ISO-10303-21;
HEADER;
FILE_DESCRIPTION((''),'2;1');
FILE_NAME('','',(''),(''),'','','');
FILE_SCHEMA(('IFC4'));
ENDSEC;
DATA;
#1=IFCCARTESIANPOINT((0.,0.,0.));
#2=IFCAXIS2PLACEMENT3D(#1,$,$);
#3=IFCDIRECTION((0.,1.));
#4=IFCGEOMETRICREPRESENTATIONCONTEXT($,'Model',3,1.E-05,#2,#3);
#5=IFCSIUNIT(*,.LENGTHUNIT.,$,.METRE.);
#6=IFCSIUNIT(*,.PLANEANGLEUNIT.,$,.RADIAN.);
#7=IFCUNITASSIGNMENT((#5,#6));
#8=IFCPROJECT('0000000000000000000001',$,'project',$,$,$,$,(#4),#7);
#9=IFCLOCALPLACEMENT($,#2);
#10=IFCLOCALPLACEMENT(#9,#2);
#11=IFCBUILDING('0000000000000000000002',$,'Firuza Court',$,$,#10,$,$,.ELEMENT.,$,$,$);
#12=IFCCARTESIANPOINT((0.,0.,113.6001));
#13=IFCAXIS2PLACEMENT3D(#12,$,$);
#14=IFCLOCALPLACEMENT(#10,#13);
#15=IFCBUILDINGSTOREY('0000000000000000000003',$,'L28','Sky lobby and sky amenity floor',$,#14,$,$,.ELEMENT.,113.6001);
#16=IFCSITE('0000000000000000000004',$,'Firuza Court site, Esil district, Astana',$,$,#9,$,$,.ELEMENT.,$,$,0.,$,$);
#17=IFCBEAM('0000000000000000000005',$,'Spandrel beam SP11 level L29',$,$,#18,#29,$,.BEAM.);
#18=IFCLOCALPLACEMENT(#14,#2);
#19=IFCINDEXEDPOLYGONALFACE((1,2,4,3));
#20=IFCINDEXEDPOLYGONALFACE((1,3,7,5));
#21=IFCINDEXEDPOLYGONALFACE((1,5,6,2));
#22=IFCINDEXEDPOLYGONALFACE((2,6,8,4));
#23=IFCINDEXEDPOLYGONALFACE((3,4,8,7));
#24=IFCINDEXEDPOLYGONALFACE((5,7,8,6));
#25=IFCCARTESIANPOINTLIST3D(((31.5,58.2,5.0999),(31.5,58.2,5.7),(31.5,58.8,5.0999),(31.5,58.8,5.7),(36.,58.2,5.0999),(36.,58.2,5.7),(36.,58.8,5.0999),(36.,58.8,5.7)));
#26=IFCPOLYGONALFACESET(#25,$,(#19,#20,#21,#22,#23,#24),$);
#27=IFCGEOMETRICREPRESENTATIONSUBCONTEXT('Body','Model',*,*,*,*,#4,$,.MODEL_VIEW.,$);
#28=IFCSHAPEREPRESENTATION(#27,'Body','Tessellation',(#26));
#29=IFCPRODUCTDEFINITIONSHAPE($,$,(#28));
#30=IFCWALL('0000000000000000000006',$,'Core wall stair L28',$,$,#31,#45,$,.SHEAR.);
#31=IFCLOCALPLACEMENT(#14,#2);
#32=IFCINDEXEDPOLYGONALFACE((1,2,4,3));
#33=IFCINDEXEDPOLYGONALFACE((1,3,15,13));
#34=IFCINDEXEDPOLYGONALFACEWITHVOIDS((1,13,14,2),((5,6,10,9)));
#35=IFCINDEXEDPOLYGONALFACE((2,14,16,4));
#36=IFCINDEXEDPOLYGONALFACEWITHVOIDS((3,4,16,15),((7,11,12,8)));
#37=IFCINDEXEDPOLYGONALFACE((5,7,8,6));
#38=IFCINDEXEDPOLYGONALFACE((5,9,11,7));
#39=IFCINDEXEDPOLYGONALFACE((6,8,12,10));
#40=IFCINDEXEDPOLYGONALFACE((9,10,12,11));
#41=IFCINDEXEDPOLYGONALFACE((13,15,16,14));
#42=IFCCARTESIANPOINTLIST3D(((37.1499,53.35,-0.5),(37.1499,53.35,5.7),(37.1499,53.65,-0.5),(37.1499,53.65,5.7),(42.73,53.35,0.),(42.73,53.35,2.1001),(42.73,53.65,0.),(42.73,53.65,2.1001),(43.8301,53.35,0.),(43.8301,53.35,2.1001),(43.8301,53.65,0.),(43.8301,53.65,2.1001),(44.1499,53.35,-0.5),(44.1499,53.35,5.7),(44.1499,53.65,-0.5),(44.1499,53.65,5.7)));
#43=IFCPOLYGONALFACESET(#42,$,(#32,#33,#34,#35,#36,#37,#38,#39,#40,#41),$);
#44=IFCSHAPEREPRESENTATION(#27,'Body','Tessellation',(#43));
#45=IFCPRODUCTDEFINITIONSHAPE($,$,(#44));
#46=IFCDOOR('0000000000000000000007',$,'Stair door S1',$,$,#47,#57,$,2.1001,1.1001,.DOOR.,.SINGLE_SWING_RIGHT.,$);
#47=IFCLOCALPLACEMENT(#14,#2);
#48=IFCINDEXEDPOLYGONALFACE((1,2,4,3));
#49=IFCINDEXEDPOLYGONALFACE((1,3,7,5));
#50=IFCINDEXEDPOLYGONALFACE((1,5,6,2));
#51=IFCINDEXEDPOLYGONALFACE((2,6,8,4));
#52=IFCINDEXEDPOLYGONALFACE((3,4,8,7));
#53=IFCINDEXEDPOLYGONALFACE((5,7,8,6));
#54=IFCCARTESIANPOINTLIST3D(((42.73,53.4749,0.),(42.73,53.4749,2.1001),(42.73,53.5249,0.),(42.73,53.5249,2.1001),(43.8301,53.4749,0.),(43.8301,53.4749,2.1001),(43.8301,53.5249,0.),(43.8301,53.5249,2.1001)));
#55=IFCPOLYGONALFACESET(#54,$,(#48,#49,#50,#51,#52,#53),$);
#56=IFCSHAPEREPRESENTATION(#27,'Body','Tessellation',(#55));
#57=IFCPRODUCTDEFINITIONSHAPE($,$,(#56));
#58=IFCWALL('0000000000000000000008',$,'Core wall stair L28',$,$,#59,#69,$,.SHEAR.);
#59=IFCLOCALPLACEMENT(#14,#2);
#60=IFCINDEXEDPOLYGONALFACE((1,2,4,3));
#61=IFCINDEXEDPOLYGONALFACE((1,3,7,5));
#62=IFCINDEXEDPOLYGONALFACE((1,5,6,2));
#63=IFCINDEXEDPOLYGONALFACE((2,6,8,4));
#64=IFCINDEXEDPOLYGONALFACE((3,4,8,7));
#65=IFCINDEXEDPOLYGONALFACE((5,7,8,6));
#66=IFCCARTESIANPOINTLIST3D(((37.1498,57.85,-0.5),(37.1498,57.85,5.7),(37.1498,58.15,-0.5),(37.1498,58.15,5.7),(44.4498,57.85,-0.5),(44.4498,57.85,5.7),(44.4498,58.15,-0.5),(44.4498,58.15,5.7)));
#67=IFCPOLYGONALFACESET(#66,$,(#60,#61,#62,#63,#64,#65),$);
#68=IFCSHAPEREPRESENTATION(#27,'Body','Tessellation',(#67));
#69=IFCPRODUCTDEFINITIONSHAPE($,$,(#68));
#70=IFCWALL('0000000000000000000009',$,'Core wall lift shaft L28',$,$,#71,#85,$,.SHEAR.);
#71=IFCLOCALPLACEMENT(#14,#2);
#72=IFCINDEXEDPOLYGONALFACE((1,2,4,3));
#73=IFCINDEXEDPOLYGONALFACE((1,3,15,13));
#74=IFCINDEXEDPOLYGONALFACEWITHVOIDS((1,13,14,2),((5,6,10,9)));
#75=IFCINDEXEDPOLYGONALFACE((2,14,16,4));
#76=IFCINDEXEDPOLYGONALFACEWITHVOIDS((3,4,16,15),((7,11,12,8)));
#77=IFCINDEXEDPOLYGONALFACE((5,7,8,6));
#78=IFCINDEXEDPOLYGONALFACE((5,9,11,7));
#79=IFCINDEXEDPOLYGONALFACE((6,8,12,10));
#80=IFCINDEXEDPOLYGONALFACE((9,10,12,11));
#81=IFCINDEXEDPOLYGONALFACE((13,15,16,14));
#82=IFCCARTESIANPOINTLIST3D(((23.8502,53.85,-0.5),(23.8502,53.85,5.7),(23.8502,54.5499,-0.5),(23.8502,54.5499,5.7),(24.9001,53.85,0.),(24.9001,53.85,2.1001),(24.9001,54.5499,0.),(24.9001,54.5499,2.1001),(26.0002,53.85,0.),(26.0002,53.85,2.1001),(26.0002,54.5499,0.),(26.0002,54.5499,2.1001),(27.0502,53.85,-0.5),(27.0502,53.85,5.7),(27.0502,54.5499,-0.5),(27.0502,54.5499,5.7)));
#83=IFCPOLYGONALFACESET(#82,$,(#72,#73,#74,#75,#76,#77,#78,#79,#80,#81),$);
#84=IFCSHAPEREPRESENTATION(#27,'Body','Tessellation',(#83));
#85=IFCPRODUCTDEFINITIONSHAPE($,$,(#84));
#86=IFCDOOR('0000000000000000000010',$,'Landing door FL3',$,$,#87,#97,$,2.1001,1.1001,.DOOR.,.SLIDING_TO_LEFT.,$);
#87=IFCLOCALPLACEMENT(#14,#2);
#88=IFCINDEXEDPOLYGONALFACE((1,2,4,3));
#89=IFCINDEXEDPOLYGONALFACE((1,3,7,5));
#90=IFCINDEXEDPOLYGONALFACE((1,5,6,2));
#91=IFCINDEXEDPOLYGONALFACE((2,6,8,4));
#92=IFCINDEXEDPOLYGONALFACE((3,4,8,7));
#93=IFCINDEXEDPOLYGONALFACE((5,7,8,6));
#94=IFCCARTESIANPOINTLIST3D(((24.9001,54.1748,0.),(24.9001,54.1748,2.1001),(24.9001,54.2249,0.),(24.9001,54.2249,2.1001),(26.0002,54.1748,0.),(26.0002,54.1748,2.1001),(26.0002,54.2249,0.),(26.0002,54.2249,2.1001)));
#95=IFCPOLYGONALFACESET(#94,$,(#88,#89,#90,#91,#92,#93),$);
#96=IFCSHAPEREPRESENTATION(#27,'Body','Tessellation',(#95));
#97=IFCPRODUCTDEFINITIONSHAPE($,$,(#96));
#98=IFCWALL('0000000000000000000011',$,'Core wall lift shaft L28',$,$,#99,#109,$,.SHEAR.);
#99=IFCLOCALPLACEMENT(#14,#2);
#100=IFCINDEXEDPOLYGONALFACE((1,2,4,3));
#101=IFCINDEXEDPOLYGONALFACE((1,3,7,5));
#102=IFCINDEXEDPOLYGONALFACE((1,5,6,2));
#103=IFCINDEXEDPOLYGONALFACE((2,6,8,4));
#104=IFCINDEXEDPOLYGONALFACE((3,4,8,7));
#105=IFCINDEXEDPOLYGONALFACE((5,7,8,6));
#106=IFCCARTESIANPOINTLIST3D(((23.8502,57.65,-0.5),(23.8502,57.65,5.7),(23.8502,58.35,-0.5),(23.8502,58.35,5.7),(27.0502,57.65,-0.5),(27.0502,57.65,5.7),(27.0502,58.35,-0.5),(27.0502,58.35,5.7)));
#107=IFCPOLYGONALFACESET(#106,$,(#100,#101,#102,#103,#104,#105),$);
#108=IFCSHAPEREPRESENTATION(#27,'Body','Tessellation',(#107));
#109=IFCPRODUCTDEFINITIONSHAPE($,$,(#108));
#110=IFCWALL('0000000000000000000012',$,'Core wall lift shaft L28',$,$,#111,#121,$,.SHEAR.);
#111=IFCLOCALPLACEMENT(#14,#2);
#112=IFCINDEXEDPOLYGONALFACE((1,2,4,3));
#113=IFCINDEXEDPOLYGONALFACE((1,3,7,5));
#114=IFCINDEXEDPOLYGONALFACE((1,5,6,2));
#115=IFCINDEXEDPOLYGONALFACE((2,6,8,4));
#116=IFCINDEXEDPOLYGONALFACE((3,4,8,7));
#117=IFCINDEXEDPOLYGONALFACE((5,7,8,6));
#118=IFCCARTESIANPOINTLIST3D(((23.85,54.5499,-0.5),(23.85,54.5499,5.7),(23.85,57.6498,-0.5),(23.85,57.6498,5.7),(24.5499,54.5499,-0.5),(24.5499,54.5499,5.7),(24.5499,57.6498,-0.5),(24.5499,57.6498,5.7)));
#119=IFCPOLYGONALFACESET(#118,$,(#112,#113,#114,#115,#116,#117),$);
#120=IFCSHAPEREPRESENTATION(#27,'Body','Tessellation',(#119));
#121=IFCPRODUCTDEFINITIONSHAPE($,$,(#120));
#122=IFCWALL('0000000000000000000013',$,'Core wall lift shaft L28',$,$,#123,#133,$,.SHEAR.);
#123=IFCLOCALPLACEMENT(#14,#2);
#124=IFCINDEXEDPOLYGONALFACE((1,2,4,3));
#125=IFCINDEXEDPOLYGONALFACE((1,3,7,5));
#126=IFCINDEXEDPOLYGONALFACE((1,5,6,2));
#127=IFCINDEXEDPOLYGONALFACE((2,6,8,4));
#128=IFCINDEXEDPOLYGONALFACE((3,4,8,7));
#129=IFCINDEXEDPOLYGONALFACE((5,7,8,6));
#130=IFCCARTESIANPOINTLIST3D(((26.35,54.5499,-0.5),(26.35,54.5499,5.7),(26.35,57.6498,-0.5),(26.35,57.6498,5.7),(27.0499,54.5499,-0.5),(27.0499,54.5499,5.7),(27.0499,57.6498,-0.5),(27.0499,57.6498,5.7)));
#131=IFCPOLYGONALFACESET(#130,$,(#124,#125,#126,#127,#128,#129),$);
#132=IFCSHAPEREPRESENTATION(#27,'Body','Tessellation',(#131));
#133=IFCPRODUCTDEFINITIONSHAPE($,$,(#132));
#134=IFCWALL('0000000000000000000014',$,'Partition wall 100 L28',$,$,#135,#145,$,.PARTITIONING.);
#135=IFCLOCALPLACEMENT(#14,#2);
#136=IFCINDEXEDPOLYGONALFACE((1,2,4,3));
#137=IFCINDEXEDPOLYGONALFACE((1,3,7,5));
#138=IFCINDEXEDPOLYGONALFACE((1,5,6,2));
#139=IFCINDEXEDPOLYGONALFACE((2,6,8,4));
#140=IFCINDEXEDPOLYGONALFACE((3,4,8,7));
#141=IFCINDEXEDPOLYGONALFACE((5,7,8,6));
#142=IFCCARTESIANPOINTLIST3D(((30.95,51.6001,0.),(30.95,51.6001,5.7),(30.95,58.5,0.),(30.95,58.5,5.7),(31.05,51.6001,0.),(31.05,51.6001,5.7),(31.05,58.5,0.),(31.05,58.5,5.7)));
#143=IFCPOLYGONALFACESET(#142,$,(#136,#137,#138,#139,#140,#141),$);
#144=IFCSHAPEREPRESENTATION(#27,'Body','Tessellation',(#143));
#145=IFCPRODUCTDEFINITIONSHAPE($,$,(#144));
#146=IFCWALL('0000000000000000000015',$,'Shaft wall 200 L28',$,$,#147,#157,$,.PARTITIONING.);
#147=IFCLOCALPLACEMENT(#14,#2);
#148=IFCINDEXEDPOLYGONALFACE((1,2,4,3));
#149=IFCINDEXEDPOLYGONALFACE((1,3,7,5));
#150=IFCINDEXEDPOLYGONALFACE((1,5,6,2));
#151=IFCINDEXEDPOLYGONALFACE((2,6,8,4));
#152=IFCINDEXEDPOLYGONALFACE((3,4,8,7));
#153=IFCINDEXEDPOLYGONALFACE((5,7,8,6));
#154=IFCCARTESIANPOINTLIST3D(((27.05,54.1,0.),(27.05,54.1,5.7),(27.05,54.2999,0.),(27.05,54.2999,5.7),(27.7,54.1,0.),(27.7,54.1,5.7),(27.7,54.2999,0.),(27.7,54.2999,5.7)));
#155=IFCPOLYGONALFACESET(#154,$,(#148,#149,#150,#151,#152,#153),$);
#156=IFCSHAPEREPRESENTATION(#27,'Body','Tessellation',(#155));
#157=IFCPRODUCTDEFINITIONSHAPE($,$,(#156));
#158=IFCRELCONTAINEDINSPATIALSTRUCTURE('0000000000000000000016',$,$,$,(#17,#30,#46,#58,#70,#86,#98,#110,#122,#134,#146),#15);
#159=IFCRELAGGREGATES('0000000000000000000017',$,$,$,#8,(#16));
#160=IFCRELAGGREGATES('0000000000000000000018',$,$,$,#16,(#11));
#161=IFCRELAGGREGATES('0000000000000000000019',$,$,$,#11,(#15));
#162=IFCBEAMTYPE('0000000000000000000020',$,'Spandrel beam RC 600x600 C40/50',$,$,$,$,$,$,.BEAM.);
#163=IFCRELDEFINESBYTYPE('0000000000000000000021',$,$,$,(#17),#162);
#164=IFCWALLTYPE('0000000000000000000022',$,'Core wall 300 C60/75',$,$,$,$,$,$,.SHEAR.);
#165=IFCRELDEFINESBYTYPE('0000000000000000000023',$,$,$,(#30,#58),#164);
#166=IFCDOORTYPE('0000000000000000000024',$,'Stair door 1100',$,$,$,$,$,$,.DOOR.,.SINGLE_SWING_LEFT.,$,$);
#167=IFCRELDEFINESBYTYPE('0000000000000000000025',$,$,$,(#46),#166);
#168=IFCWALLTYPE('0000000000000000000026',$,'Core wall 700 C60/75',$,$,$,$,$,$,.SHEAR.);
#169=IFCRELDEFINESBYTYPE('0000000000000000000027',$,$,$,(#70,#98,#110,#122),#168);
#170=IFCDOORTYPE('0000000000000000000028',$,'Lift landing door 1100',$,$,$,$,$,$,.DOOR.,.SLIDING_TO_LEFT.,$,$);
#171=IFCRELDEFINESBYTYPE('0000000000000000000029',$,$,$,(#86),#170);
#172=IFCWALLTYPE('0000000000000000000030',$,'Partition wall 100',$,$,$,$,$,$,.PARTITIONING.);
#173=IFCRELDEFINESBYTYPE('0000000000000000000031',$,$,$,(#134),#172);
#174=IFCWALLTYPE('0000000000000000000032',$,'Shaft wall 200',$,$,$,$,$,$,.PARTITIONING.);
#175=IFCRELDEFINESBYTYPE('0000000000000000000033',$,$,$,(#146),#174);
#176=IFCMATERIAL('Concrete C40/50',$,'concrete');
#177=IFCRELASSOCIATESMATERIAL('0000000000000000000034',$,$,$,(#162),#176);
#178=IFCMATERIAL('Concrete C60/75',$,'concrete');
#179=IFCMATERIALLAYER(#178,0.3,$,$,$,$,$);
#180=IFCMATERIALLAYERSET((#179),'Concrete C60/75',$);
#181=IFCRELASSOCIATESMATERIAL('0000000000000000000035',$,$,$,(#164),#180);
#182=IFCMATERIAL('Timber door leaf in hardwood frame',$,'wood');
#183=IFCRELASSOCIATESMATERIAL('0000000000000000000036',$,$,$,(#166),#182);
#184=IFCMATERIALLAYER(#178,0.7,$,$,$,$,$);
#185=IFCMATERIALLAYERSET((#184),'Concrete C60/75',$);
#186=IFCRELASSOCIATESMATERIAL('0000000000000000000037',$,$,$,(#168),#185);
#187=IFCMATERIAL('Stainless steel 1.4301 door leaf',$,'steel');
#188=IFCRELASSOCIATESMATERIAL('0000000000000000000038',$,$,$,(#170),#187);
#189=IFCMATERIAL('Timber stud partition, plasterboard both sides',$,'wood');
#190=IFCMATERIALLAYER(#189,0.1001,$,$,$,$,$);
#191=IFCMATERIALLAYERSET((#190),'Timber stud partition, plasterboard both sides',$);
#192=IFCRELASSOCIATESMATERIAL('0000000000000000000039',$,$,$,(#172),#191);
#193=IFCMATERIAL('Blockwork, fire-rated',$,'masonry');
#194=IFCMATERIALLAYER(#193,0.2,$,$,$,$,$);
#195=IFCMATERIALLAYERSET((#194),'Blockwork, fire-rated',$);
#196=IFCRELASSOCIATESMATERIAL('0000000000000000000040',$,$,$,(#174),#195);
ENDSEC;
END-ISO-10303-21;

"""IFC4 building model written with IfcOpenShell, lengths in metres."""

from ifc_helpers import new_model, si_unit, direction, frame, frame_2d, origin, origin_2d, place, context, subcontext, project, spatial, rectangle, extrude, material, layer, layer_set, material_profile, profile_set, type_object, element, fill, save


model = new_model("IFC4")

# Units and contexts
model_context = context("Model", 3, precision=1e-05, world=origin(), true_north=direction((0.0, 1.0)))
body_context = subcontext(model_context, "Body", "Model", "MODEL_VIEW")
ifc_project = project(units=[si_unit("LENGTHUNIT", "METRE"), si_unit("PLANEANGLEUNIT", "RADIAN")], contexts=[model_context])

# Site, building, storey
site_placement = place(None, origin())
site = spatial("IfcSite", under=ifc_project, at=site_placement, Name="Firuza Court site, Esil district, Astana", CompositionType="ELEMENT", RefElevation=0.0)
building_placement = place(site_placement, origin())
building = spatial("IfcBuilding", under=site, at=building_placement, Name="Firuza Court", CompositionType="ELEMENT")
storey_placement = place(building_placement, frame((0.0, 0.0, 113.6001)))
storey = spatial("IfcBuildingStorey", under=building, at=storey_placement, Name="L28", Description="Sky lobby and sky amenity floor", CompositionType="ELEMENT", Elevation=113.6001)

# Beam
ifc_material_1 = material(Name="Concrete C40/50", Category="concrete")
ifc_material_profile_1 = material_profile(ifc_material_1, rectangle(XDim=0.6001, YDim=0.6001, at=origin_2d()), Name="RC 600x600")
ifc_profile_set_1 = profile_set([ifc_material_profile_1], Name="Concrete C40/50")
beam_type = type_object("IfcBeamType", Name="Spandrel beam RC 600x600 C40/50", PredefinedType="BEAM", material=ifc_profile_set_1)
for number, where, z_axis, x_axis, name in (
    (1, (36.0, 58.5, 5.3999), (-1.0, 0.0, 0.0), (0.0, -1.0, 0.0), "Spandrel beam SP11 level L29"),
):
    element("IfcBeam", number, at=place(storey_placement, frame(where, z_axis=z_axis, x_axis=x_axis)), inside=storey, type_object=beam_type, Name=name, PredefinedType="BEAM", context=body_context, shape_type="SweptSolid", body=[
        extrude(rectangle(XDim=0.6001, YDim=0.6001, at=origin_2d()), origin(), (0.0, 0.0, 1.0), 4.5),
    ])

# Wall, opening, door
ifc_material_2 = material(Name="Concrete C60/75", Category="concrete")
ifc_layer_1 = layer(ifc_material_2, 0.3)
ifc_layer_set_1 = layer_set([ifc_layer_1], Name="Concrete C60/75")
wall_type_1 = type_object("IfcWallType", Name="Core wall 300 C60/75", PredefinedType="SHEAR", material=ifc_layer_set_1)
wall_1_placement = place(storey_placement, frame((37.1499, 53.5, -0.5), z_axis=(0.0, 0.0, 1.0), x_axis=(1.0, 0.0, 0.0)))
wall_1 = element("IfcWall", 2, at=wall_1_placement, inside=storey, type_object=wall_type_1, Name="Core wall stair L28", PredefinedType="SHEAR", context=body_context, shape_type="SweptSolid", body=[
    extrude(rectangle(XDim=7.0, YDim=0.3, at=frame_2d((3.5, 0.0))), origin(), (0.0, 0.0, 1.0), 6.2),
])
opening_1_placement = place(wall_1_placement, frame((5.5801, 0.0, 0.5)))
opening_1 = element("IfcOpeningElement", 3, at=opening_1_placement, cuts=wall_1, PredefinedType="OPENING", context=body_context, shape_type="SweptSolid", body=[
    extrude(rectangle(XDim=1.1001, YDim=2.1001, at=frame_2d((0.55, 1.05))), frame((0.0, 0.1621, 0.0), z_axis=(0.0, -1.0, 0.0), x_axis=(1.0, 0.0, 0.0)), (0.0, 0.0, 1.0), 0.324),
])
ifc_material_3 = material(Name="Timber door leaf in hardwood frame", Category="wood")
door_type_1 = type_object("IfcDoorType", Name="Stair door 1100", OperationType="SINGLE_SWING_LEFT", PredefinedType="DOOR", material=ifc_material_3)
door_1_placement = place(opening_1_placement, origin())
door_1 = element("IfcDoor", 4, at=door_1_placement, inside=storey, type_object=door_type_1, Name="Stair door S1", OperationType="SINGLE_SWING_RIGHT", OverallHeight=2.1001, OverallWidth=1.1001, PredefinedType="DOOR", context=body_context, shape_type="SweptSolid", body=[
    extrude(rectangle(XDim=1.1001, YDim=2.1001, at=frame_2d((0.55, 1.05))), frame((0.0, 0.0249, 0.0), z_axis=(0.0, -1.0, 0.0), x_axis=(1.0, 0.0, 0.0)), (0.0, 0.0, 1.0), 0.05),
])
fill(opening_1, door_1)

# Wall
wall_2_placement = place(storey_placement, frame((37.1499, 58.0, -0.5), z_axis=(0.0, 0.0, 1.0), x_axis=(1.0, 0.0, 0.0)))
element("IfcWall", 5, at=wall_2_placement, inside=storey, type_object=wall_type_1, Name="Core wall stair L28", PredefinedType="SHEAR", context=body_context, shape_type="SweptSolid", body=[
    extrude(rectangle(XDim=7.3, YDim=0.3, at=frame_2d((3.6499, 0.0))), origin(), (0.0, 0.0, 1.0), 6.2),
])

# Wall, opening, door
ifc_layer_2 = layer(ifc_material_2, 0.7)
ifc_layer_set_2 = layer_set([ifc_layer_2], Name="Concrete C60/75")
wall_type_2 = type_object("IfcWallType", Name="Core wall 700 C60/75", PredefinedType="SHEAR", material=ifc_layer_set_2)
wall_3_placement = place(storey_placement, frame((23.8501, 54.2, -0.5), z_axis=(0.0, 0.0, 1.0), x_axis=(1.0, 0.0, 0.0)))
wall_3 = element("IfcWall", 6, at=wall_3_placement, inside=storey, type_object=wall_type_2, Name="Core wall lift shaft L28", PredefinedType="SHEAR", context=body_context, shape_type="SweptSolid", body=[
    extrude(rectangle(XDim=3.2, YDim=0.7, at=frame_2d((1.6001, 0.0))), origin(), (0.0, 0.0, 1.0), 6.2),
])
opening_2_placement = place(wall_3_placement, frame((1.05, 0.0, 0.5)))
opening_2 = element("IfcOpeningElement", 7, at=opening_2_placement, cuts=wall_3, PredefinedType="OPENING", context=body_context, shape_type="SweptSolid", body=[
    extrude(rectangle(XDim=1.1001, YDim=2.1001, at=frame_2d((0.55, 1.05))), frame((0.0, 0.3618, 0.0), z_axis=(0.0, -1.0, 0.0), x_axis=(1.0, 0.0, 0.0)), (0.0, 0.0, 1.0), 0.7239),
])
ifc_material_4 = material(Name="Stainless steel 1.4301 door leaf", Category="steel")
door_type_2 = type_object("IfcDoorType", Name="Lift landing door 1100", OperationType="SLIDING_TO_LEFT", PredefinedType="DOOR", material=ifc_material_4)
door_2_placement = place(opening_2_placement, origin())
door_2 = element("IfcDoor", 8, at=door_2_placement, inside=storey, type_object=door_type_2, Name="Landing door FL3", OperationType="SLIDING_TO_LEFT", OverallHeight=2.1001, OverallWidth=1.1001, PredefinedType="DOOR", context=body_context, shape_type="SweptSolid", body=[
    extrude(rectangle(XDim=1.1001, YDim=2.1001, at=frame_2d((0.55, 1.05))), frame((0.0, 0.0249, 0.0), z_axis=(0.0, -1.0, 0.0), x_axis=(1.0, 0.0, 0.0)), (0.0, 0.0, 1.0), 0.05),
])
fill(opening_2, door_2)

# Walls
wall_4_placement = place(storey_placement, frame((23.8501, 58.0, -0.5), z_axis=(0.0, 0.0, 1.0), x_axis=(1.0, 0.0, 0.0)))
element("IfcWall", 9, at=wall_4_placement, inside=storey, type_object=wall_type_2, Name="Core wall lift shaft L28", PredefinedType="SHEAR", context=body_context, shape_type="SweptSolid", body=[
    extrude(rectangle(XDim=3.2, YDim=0.7, at=frame_2d((1.6001, 0.0))), origin(), (0.0, 0.0, 1.0), 6.2),
])
for number, where, z_axis, x_axis, name in (
    (10, (24.2, 54.55, -0.5), (0.0, 0.0, 1.0), (0.0, 1.0, 0.0), "Core wall lift shaft L28"),
    (11, (26.7, 54.55, -0.5), (0.0, 0.0, 1.0), (0.0, 1.0, 0.0), "Core wall lift shaft L28"),
):
    element("IfcWall", number, at=place(storey_placement, frame(where, z_axis=z_axis, x_axis=x_axis)), inside=storey, type_object=wall_type_2, Name=name, PredefinedType="SHEAR", context=body_context, shape_type="SweptSolid", body=[
        extrude(rectangle(XDim=3.0999, YDim=0.7, at=frame_2d((1.5498, 0.0))), origin(), (0.0, 0.0, 1.0), 6.2),
    ])
ifc_material_5 = material(Name="Timber stud partition, plasterboard both sides", Category="wood")
ifc_layer_3 = layer(ifc_material_5, 0.1001)
ifc_layer_set_3 = layer_set([ifc_layer_3], Name="Timber stud partition, plasterboard both sides")
wall_type_3 = type_object("IfcWallType", Name="Partition wall 100", PredefinedType="PARTITIONING", material=ifc_layer_set_3)
wall_5_placement = place(storey_placement, frame((31.0, 58.5, 0.0), z_axis=(0.0, 0.0, 1.0), x_axis=(0.0, -1.0, 0.0)))
element("IfcWall", 12, at=wall_5_placement, inside=storey, type_object=wall_type_3, Name="Partition wall 100 L28", PredefinedType="PARTITIONING", context=body_context, shape_type="SweptSolid", body=[
    extrude(rectangle(XDim=6.8999, YDim=0.1001, at=frame_2d((3.45, 0.0))), origin(), (0.0, 0.0, 1.0), 5.7),
])
ifc_material_6 = material(Name="Blockwork, fire-rated", Category="masonry")
ifc_layer_4 = layer(ifc_material_6, 0.2)
ifc_layer_set_4 = layer_set([ifc_layer_4], Name="Blockwork, fire-rated")
wall_type_4 = type_object("IfcWallType", Name="Shaft wall 200", PredefinedType="PARTITIONING", material=ifc_layer_set_4)
wall_6_placement = place(storey_placement, frame((27.05, 54.2, 0.0), z_axis=(0.0, 0.0, 1.0), x_axis=(1.0, 0.0, 0.0)))
element("IfcWall", 13, at=wall_6_placement, inside=storey, type_object=wall_type_4, Name="Shaft wall 200 L28", PredefinedType="PARTITIONING", context=body_context, shape_type="SweptSolid", body=[
    extrude(rectangle(XDim=0.6499, YDim=0.2, at=frame_2d((0.325, 0.0))), origin(), (0.0, 0.0, 1.0), 5.7),
])

save(model, "model.ifc")
